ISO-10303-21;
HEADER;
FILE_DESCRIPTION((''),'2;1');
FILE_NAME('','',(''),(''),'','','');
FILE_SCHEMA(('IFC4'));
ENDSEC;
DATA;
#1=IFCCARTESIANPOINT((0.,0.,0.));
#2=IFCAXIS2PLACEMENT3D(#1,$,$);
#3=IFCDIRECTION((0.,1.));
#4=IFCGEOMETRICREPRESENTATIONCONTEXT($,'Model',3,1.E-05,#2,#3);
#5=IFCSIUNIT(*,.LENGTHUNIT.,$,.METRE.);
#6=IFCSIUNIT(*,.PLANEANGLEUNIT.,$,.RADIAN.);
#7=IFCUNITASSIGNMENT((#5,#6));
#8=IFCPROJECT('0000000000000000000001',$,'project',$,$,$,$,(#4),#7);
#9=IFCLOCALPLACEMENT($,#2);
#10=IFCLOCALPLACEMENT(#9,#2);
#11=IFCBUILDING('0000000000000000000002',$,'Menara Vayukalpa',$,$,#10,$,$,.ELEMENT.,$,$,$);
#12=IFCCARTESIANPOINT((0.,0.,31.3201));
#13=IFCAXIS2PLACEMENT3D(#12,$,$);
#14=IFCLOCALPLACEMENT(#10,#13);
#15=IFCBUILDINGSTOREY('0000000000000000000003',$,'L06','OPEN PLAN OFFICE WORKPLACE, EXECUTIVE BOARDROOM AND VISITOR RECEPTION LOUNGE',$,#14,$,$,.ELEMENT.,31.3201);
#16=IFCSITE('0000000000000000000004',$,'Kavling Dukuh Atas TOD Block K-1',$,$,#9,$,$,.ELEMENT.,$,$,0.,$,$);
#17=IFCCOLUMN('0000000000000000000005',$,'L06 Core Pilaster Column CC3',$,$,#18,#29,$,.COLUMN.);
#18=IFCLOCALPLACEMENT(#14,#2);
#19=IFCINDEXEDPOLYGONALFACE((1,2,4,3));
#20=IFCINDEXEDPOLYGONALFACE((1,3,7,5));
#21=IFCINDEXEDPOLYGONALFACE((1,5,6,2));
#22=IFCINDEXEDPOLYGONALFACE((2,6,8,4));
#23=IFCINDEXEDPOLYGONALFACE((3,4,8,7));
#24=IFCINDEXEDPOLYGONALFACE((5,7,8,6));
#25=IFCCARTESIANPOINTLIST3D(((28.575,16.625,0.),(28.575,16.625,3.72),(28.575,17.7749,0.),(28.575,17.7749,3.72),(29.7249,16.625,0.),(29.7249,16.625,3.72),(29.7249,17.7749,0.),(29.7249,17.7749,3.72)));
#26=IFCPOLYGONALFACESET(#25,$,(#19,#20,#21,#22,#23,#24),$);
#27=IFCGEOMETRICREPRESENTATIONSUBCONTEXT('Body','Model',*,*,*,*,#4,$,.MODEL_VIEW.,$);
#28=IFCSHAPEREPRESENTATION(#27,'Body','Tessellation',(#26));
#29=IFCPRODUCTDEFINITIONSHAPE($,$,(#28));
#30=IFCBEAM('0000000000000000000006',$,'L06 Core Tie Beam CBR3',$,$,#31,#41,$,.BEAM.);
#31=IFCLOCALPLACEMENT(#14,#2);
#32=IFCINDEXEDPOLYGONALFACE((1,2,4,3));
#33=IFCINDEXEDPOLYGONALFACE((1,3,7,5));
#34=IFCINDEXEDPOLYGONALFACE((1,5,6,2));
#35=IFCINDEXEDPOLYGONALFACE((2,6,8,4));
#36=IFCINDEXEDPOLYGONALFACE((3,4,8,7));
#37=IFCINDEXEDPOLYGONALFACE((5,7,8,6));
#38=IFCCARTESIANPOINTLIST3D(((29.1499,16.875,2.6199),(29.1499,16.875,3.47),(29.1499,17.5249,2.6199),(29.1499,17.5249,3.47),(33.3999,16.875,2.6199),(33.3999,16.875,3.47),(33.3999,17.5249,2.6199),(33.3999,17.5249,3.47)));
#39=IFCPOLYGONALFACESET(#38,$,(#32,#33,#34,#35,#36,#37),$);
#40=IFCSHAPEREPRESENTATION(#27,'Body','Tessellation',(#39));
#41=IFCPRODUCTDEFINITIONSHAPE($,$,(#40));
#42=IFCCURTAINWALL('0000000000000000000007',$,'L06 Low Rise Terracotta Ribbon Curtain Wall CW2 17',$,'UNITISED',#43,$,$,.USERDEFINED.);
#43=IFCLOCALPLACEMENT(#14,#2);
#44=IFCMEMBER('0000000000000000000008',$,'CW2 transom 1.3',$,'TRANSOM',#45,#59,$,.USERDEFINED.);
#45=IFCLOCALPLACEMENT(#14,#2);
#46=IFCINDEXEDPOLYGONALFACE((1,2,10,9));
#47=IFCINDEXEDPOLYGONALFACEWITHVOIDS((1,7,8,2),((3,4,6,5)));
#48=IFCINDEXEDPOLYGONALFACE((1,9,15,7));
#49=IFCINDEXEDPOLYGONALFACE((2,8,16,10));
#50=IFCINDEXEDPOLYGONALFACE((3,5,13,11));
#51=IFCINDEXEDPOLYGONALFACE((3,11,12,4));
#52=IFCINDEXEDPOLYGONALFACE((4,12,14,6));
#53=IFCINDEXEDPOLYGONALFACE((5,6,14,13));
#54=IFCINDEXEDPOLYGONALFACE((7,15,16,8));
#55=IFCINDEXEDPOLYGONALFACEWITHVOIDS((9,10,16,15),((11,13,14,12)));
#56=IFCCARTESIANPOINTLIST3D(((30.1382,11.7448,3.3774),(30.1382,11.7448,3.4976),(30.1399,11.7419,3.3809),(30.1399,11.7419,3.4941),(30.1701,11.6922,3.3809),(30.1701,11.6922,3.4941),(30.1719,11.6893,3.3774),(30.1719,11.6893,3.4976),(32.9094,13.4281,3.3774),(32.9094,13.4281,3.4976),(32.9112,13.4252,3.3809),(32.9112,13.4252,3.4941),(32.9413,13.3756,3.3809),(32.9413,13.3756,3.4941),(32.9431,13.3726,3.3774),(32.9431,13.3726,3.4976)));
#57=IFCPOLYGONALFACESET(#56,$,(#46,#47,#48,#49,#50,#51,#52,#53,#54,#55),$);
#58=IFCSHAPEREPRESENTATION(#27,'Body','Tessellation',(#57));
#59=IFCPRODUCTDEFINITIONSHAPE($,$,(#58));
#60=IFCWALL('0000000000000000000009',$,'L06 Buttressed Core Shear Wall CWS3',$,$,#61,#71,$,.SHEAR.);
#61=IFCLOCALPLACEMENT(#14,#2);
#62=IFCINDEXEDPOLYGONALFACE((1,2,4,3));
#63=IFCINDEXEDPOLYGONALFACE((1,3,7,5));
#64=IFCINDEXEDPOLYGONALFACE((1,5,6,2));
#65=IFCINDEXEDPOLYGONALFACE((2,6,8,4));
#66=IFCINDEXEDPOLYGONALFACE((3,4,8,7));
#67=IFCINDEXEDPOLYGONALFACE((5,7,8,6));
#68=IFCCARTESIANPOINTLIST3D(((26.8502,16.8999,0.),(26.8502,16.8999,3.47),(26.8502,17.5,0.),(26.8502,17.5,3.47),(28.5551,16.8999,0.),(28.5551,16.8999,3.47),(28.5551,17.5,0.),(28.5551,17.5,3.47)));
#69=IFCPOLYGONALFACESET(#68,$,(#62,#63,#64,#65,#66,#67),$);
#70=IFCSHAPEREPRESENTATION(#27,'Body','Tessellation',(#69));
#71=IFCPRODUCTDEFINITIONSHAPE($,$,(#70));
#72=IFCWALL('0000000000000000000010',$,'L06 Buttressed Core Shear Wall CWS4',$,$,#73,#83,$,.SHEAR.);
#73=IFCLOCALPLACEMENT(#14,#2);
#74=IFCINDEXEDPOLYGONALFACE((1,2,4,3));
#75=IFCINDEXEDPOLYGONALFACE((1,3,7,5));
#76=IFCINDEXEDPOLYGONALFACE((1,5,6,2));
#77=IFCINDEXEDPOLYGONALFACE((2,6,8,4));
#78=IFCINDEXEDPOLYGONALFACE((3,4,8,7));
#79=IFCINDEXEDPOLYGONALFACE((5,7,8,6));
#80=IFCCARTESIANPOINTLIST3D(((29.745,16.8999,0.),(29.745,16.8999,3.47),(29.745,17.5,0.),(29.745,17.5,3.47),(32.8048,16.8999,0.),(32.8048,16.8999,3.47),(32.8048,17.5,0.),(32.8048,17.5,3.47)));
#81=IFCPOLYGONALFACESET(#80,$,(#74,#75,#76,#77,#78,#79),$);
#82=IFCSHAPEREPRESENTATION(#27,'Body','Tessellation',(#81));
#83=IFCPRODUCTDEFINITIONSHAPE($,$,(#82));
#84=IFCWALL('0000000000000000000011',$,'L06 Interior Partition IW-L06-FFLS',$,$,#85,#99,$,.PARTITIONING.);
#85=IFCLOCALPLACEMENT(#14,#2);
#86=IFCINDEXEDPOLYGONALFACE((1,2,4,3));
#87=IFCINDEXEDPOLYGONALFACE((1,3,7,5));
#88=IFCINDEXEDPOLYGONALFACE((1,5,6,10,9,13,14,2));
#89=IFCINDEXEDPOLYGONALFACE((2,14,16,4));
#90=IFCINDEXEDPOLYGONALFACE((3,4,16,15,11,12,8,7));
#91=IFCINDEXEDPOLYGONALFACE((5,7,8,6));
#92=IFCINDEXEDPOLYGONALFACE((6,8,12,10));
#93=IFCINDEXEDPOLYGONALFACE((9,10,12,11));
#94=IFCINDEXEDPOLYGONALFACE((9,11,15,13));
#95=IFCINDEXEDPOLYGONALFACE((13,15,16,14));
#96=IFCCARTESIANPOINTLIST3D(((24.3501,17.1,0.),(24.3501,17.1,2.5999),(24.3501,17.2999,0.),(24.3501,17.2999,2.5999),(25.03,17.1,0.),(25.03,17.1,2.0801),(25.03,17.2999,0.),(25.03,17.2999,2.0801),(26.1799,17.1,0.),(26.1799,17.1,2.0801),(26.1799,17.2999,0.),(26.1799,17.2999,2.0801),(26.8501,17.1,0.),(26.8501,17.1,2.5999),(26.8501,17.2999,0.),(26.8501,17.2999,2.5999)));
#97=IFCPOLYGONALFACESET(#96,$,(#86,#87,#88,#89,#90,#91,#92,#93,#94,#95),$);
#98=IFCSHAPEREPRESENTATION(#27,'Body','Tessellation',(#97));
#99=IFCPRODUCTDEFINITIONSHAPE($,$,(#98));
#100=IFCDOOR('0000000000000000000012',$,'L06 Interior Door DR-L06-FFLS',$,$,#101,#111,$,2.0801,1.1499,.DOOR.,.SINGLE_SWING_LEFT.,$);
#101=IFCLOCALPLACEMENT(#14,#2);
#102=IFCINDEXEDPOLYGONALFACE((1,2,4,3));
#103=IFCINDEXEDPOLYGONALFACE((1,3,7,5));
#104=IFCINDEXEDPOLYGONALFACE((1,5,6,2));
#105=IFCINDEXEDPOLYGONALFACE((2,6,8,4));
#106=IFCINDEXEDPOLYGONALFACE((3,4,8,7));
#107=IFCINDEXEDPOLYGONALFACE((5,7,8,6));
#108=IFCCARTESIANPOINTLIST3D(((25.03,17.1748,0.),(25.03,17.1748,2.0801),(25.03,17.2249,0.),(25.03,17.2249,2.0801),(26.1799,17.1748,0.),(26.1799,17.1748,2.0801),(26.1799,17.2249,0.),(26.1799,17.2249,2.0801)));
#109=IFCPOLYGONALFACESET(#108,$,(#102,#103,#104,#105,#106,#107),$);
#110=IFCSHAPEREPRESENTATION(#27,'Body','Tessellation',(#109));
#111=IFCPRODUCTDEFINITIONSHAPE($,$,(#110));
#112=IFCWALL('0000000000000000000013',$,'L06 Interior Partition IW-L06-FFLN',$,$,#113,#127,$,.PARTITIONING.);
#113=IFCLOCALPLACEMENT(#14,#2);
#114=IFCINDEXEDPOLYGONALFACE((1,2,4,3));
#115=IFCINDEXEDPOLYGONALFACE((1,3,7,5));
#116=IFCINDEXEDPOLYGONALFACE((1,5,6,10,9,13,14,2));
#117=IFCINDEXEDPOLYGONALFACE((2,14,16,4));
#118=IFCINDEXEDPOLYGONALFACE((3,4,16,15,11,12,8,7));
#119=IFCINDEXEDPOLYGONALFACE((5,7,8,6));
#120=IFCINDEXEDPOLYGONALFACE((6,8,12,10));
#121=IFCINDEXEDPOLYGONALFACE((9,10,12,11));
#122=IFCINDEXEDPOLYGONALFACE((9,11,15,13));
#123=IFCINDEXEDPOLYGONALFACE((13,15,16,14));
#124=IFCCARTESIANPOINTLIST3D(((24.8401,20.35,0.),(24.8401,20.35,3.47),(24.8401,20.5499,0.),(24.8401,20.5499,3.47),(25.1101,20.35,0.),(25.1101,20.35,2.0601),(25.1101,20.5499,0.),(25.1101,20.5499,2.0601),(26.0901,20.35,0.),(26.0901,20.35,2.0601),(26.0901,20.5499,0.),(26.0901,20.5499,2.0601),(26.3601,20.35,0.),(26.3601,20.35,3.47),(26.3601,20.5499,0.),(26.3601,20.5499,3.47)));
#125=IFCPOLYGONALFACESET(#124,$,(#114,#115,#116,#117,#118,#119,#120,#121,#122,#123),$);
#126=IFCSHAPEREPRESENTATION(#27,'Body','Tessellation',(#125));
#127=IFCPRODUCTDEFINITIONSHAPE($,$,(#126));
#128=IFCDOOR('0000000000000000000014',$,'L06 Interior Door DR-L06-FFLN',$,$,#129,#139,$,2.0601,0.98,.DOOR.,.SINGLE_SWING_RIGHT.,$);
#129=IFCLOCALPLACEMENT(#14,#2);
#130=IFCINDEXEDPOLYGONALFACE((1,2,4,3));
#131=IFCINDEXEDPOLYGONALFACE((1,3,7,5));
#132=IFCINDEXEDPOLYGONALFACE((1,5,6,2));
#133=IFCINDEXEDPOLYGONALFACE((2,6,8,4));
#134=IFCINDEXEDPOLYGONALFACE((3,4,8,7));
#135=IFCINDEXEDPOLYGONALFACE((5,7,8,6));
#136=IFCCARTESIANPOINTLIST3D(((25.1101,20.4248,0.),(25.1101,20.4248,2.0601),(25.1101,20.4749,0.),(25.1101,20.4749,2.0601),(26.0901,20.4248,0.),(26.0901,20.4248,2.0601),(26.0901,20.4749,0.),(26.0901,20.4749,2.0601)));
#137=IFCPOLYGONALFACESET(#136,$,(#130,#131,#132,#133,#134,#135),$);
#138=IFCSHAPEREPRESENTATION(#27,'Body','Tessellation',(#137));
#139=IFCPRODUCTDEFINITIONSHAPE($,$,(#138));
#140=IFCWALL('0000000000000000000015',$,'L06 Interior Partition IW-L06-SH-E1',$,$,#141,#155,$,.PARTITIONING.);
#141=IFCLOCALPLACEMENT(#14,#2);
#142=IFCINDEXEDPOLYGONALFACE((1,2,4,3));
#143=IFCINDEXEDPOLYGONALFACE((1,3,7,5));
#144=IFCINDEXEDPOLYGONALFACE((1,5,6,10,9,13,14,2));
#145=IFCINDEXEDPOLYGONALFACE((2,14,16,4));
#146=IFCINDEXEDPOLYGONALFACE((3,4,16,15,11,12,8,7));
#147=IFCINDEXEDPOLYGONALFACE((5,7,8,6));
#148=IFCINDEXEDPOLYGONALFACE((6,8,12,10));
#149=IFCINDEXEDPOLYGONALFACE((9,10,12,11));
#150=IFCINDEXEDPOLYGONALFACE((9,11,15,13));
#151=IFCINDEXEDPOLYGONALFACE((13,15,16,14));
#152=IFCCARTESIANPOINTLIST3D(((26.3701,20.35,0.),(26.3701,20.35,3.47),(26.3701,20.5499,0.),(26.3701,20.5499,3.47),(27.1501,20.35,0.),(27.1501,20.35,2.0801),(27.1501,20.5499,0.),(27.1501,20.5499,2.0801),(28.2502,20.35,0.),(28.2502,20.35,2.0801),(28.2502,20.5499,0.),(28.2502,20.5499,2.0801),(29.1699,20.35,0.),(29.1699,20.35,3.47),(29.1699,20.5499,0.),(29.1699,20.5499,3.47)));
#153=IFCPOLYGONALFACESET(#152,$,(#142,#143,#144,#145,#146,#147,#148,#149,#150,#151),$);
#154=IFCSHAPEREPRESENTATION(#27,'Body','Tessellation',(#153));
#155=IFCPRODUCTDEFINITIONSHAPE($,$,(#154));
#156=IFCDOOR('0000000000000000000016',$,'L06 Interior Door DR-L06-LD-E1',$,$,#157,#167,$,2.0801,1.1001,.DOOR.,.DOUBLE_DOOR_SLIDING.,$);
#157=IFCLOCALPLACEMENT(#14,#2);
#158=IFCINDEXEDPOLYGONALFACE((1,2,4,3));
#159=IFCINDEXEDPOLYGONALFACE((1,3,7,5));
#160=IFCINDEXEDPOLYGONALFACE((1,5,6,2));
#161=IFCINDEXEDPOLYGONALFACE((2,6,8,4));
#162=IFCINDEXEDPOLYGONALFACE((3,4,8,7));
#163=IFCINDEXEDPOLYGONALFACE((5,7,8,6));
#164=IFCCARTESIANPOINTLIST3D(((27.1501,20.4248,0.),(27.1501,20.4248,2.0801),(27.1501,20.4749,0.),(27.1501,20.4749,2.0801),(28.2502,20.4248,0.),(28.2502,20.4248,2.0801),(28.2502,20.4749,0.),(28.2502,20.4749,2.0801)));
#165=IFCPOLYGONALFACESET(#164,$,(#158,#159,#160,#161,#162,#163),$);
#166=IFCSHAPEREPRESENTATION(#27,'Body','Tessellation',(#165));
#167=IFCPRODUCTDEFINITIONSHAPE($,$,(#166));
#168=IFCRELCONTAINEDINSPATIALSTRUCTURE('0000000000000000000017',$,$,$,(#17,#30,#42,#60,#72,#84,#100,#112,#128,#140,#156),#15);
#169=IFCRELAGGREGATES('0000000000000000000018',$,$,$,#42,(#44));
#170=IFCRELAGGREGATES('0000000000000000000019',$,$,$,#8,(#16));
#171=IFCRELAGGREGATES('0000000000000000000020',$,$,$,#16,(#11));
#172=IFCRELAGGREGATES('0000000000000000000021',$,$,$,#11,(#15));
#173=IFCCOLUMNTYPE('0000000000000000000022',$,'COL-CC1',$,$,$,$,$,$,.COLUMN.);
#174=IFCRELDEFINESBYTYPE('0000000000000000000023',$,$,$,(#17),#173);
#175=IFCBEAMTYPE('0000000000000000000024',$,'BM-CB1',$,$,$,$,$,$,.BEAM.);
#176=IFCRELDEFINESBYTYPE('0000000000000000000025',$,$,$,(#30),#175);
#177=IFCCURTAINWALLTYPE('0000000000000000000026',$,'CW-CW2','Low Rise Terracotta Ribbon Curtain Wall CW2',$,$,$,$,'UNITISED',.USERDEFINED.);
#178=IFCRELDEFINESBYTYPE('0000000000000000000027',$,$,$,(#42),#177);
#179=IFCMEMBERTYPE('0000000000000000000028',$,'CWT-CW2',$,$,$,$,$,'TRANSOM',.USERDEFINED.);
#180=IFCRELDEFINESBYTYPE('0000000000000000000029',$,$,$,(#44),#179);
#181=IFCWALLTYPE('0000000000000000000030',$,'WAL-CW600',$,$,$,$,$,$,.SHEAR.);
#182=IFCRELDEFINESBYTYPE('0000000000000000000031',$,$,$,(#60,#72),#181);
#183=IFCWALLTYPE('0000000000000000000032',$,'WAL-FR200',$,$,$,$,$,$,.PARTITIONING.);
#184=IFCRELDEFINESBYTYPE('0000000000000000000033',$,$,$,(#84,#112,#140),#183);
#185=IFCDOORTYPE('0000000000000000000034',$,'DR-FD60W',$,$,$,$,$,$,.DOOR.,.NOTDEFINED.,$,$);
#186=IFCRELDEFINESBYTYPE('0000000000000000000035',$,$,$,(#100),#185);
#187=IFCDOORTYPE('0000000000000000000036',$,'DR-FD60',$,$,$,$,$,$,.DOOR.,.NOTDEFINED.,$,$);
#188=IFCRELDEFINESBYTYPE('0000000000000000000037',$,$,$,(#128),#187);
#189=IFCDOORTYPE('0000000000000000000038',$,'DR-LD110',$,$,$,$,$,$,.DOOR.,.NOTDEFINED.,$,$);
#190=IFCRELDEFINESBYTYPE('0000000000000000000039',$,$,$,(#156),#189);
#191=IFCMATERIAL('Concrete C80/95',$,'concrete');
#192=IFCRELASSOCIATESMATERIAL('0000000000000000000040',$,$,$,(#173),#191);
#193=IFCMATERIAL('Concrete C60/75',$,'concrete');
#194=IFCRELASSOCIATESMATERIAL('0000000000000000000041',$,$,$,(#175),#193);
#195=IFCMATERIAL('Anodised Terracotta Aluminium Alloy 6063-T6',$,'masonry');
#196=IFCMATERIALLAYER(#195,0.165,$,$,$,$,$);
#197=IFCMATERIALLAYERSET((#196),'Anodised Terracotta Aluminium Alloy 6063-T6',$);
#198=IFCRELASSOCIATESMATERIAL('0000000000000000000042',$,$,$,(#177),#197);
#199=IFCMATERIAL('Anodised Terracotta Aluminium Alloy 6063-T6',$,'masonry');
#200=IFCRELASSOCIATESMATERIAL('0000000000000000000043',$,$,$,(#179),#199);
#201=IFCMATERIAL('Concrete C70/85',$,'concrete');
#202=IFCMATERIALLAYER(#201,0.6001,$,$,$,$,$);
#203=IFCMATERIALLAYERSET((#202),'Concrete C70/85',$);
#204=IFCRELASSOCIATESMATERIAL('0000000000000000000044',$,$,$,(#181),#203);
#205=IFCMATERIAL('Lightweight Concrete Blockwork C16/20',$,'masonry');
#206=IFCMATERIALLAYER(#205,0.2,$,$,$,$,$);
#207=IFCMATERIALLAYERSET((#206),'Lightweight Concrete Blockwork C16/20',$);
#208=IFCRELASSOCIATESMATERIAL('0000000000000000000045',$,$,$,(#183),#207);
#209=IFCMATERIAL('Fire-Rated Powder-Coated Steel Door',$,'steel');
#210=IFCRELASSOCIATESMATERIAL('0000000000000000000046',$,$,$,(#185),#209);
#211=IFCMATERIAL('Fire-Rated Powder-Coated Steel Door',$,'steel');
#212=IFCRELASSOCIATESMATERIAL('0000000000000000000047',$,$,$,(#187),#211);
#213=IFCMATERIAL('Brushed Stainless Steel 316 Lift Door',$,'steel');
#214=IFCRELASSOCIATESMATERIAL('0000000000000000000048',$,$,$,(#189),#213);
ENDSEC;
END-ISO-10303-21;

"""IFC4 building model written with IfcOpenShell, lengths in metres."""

from ifc_helpers import new_model, si_unit, direction, frame, frame_2d, origin, origin_2d, place, context, subcontext, project, spatial, rectangle, hollow_rectangle, extrude, material, layer, layer_set, material_profile, profile_set, type_object, element, fill, aggregate, save


model = new_model("IFC4")

# Units and contexts
model_context = context("Model", 3, precision=1e-05, world=origin(), true_north=direction((0.0, 1.0)))
body_context = subcontext(model_context, "Body", "Model", "MODEL_VIEW")
ifc_project = project(units=[si_unit("LENGTHUNIT", "METRE"), si_unit("PLANEANGLEUNIT", "RADIAN")], contexts=[model_context])

# Site, building, storey
site_placement = place(None, origin())
site = spatial("IfcSite", under=ifc_project, at=site_placement, Name="Kavling Dukuh Atas TOD Block K-1", CompositionType="ELEMENT", RefElevation=0.0)
building_placement = place(site_placement, origin())
building = spatial("IfcBuilding", under=site, at=building_placement, Name="Menara Vayukalpa", CompositionType="ELEMENT")
storey_placement = place(building_placement, frame((0.0, 0.0, 31.3201)))
storey = spatial("IfcBuildingStorey", under=building, at=storey_placement, Name="L06", Description="OPEN PLAN OFFICE WORKPLACE, EXECUTIVE BOARDROOM AND VISITOR RECEPTION LOUNGE", CompositionType="ELEMENT", Elevation=31.3201)

# Column
ifc_material_1 = material(Name="Concrete C80/95", Category="concrete")
ifc_material_profile_1 = material_profile(ifc_material_1, rectangle(XDim=1.1499, YDim=1.1499, at=origin_2d()), Name="RC 1150x1150")
ifc_profile_set_1 = profile_set([ifc_material_profile_1], Name="Concrete C80/95")
column_type = type_object("IfcColumnType", Name="COL-CC1", PredefinedType="COLUMN", material=ifc_profile_set_1)
column_placement = place(storey_placement, frame((29.1499, 17.2, 0.0), z_axis=(0.0, 0.0, 1.0), x_axis=(1.0, 0.0, 0.0)))
element("IfcColumn", 1, at=column_placement, inside=storey, type_object=column_type, Name="L06 Core Pilaster Column CC3", PredefinedType="COLUMN", context=body_context, shape_type="SweptSolid", body=[
    extrude(rectangle(XDim=1.1499, YDim=1.1499, at=origin_2d()), origin(), (0.0, 0.0, 1.0), 3.72),
])

# Beam
ifc_material_2 = material(Name="Concrete C60/75", Category="concrete")
ifc_material_profile_2 = material_profile(ifc_material_2, rectangle(XDim=0.6499, YDim=0.8501, at=origin_2d()), Name="RC 650x850")
ifc_profile_set_2 = profile_set([ifc_material_profile_2], Name="Concrete C60/75")
beam_type = type_object("IfcBeamType", Name="BM-CB1", PredefinedType="BEAM", material=ifc_profile_set_2)
beam_placement = place(storey_placement, frame((29.1499, 17.2, 3.0449), z_axis=(1.0, 0.0, 0.0), x_axis=(0.0, 1.0, 0.0)))
element("IfcBeam", 2, at=beam_placement, inside=storey, type_object=beam_type, Name="L06 Core Tie Beam CBR3", PredefinedType="BEAM", context=body_context, shape_type="SweptSolid", body=[
    extrude(rectangle(XDim=0.6499, YDim=0.8501, at=origin_2d()), origin(), (0.0, 0.0, 1.0), 4.25),
])

# Curtain wall, member
ifc_material_3 = material(Name="Anodised Terracotta Aluminium Alloy 6063-T6", Category="masonry")
ifc_layer_1 = layer(ifc_material_3, 0.165)
ifc_layer_set_1 = layer_set([ifc_layer_1], Name="Anodised Terracotta Aluminium Alloy 6063-T6")
curtain_wall_type = type_object("IfcCurtainWallType", Name="CW-CW2", Description="Low Rise Terracotta Ribbon Curtain Wall CW2", ElementType="UNITISED", PredefinedType="USERDEFINED", material=ifc_layer_set_1)
curtain_wall_placement = place(storey_placement, origin())
curtain_wall = element("IfcCurtainWall", 3, at=curtain_wall_placement, inside=storey, type_object=curtain_wall_type, Name="L06 Low Rise Terracotta Ribbon Curtain Wall CW2 17", ObjectType="UNITISED", PredefinedType="USERDEFINED")
ifc_material_4 = material(Name="Anodised Terracotta Aluminium Alloy 6063-T6", Category="masonry")
ifc_material_profile_3 = material_profile(ifc_material_4, hollow_rectangle(XDim=0.0649, YDim=0.1201, WallThickness=0.0034, at=origin_2d()), Name="ALU 65x120x3.5")
ifc_profile_set_3 = profile_set([ifc_material_profile_3], Name="Anodised Terracotta Aluminium Alloy 6063-T6")
member_type = type_object("IfcMemberType", Name="CWT-CW2", ElementType="TRANSOM", PredefinedType="USERDEFINED", material=ifc_profile_set_3)
member_placement = place(storey_placement, frame((30.155, 11.717, 3.4375), z_axis=(0.854677, 0.519161, 0.0), x_axis=(-0.519161, 0.854677, 0.0)))
member = element("IfcMember", 4, at=member_placement, type_object=member_type, Name="CW2 transom 1.3", ObjectType="TRANSOM", PredefinedType="USERDEFINED", context=body_context, shape_type="SweptSolid", body=[
    extrude(hollow_rectangle(XDim=0.0649, YDim=0.1201, WallThickness=0.0034, at=origin_2d()), origin(), (0.0, 0.0, 1.0), 3.2424),
])
aggregate(curtain_wall, [member])

# Walls
ifc_material_5 = material(Name="Concrete C70/85", Category="concrete")
ifc_layer_2 = layer(ifc_material_5, 0.6001)
ifc_layer_set_2 = layer_set([ifc_layer_2], Name="Concrete C70/85")
wall_type_1 = type_object("IfcWallType", Name="WAL-CW600", PredefinedType="SHEAR", material=ifc_layer_set_2)
wall_1_placement = place(storey_placement, frame((26.8501, 17.2, 0.0), z_axis=(0.0, 0.0, 1.0), x_axis=(1.0, 0.0, 0.0)))
element("IfcWall", 5, at=wall_1_placement, inside=storey, type_object=wall_type_1, Name="L06 Buttressed Core Shear Wall CWS3", PredefinedType="SHEAR", context=body_context, shape_type="SweptSolid", body=[
    extrude(rectangle(XDim=1.7048, YDim=0.6001, at=frame_2d((0.8525, 0.0))), origin(), (0.0, 0.0, 1.0), 3.47),
])
wall_2_placement = place(storey_placement, frame((29.7451, 17.2, 0.0), z_axis=(0.0, 0.0, 1.0), x_axis=(1.0, 0.0, 0.0)))
element("IfcWall", 6, at=wall_2_placement, inside=storey, type_object=wall_type_1, Name="L06 Buttressed Core Shear Wall CWS4", PredefinedType="SHEAR", context=body_context, shape_type="SweptSolid", body=[
    extrude(rectangle(XDim=3.0598, YDim=0.6001, at=frame_2d((1.5298, 0.0))), origin(), (0.0, 0.0, 1.0), 3.47),
])

# Walls, openings, doors
ifc_material_6 = material(Name="Lightweight Concrete Blockwork C16/20", Category="masonry")
ifc_layer_3 = layer(ifc_material_6, 0.2)
ifc_layer_set_3 = layer_set([ifc_layer_3], Name="Lightweight Concrete Blockwork C16/20")
wall_type_2 = type_object("IfcWallType", Name="WAL-FR200", PredefinedType="PARTITIONING", material=ifc_layer_set_3)
wall_3_placement = place(storey_placement, frame((24.3501, 17.2, 0.0), z_axis=(0.0, 0.0, 1.0), x_axis=(1.0, 0.0, 0.0)))
wall_3 = element("IfcWall", 7, at=wall_3_placement, inside=storey, type_object=wall_type_2, Name="L06 Interior Partition IW-L06-FFLS", PredefinedType="PARTITIONING", context=body_context, shape_type="SweptSolid", body=[
    extrude(rectangle(XDim=2.5, YDim=0.2, at=frame_2d((1.25, 0.0))), origin(), (0.0, 0.0, 1.0), 2.5999),
])
opening_1_placement = place(wall_3_placement, frame((0.6799, 0.0, 0.0)))
opening_1 = element("IfcOpeningElement", 8, at=opening_1_placement, cuts=wall_3, PredefinedType="OPENING", context=body_context, shape_type="SweptSolid", body=[
    extrude(rectangle(XDim=1.1499, YDim=2.0801, at=frame_2d((0.575, 1.04))), frame((0.0, 0.1099, 0.0), z_axis=(0.0, -1.0, 0.0), x_axis=(1.0, 0.0, 0.0)), (0.0, 0.0, 1.0), 0.22),
])
ifc_material_7 = material(Name="Fire-Rated Powder-Coated Steel Door", Category="steel")
door_type_1 = type_object("IfcDoorType", Name="DR-FD60W", OperationType="NOTDEFINED", PredefinedType="DOOR", material=ifc_material_7)
door_1_placement = place(opening_1_placement, origin())
door_1 = element("IfcDoor", 9, at=door_1_placement, inside=storey, type_object=door_type_1, Name="L06 Interior Door DR-L06-FFLS", OperationType="SINGLE_SWING_LEFT", OverallHeight=2.0801, OverallWidth=1.1499, PredefinedType="DOOR", context=body_context, shape_type="SweptSolid", body=[
    extrude(rectangle(XDim=1.1499, YDim=2.0801, at=frame_2d((0.575, 1.04))), frame((0.0, 0.0249, 0.0), z_axis=(0.0, -1.0, 0.0), x_axis=(1.0, 0.0, 0.0)), (0.0, 0.0, 1.0), 0.05),
])
fill(opening_1, door_1)
wall_4_placement = place(storey_placement, frame((24.8401, 20.45, 0.0), z_axis=(0.0, 0.0, 1.0), x_axis=(1.0, 0.0, 0.0)))
wall_4 = element("IfcWall", 10, at=wall_4_placement, inside=storey, type_object=wall_type_2, Name="L06 Interior Partition IW-L06-FFLN", PredefinedType="PARTITIONING", context=body_context, shape_type="SweptSolid", body=[
    extrude(rectangle(XDim=1.52, YDim=0.2, at=frame_2d((0.76, 0.0))), origin(), (0.0, 0.0, 1.0), 3.47),
])
opening_2_placement = place(wall_4_placement, frame((0.27, 0.0, 0.0)))
opening_2 = element("IfcOpeningElement", 11, at=opening_2_placement, cuts=wall_4, PredefinedType="OPENING", context=body_context, shape_type="SweptSolid", body=[
    extrude(rectangle(XDim=0.98, YDim=2.0601, at=frame_2d((0.49, 1.03))), frame((0.0, 0.1099, 0.0), z_axis=(0.0, -1.0, 0.0), x_axis=(1.0, 0.0, 0.0)), (0.0, 0.0, 1.0), 0.22),
])
ifc_material_8 = material(Name="Fire-Rated Powder-Coated Steel Door", Category="steel")
door_type_2 = type_object("IfcDoorType", Name="DR-FD60", OperationType="NOTDEFINED", PredefinedType="DOOR", material=ifc_material_8)
door_2_placement = place(opening_2_placement, origin())
door_2 = element("IfcDoor", 12, at=door_2_placement, inside=storey, type_object=door_type_2, Name="L06 Interior Door DR-L06-FFLN", OperationType="SINGLE_SWING_RIGHT", OverallHeight=2.0601, OverallWidth=0.98, PredefinedType="DOOR", context=body_context, shape_type="SweptSolid", body=[
    extrude(rectangle(XDim=0.98, YDim=2.0601, at=frame_2d((0.49, 1.03))), frame((0.0, 0.0249, 0.0), z_axis=(0.0, -1.0, 0.0), x_axis=(1.0, 0.0, 0.0)), (0.0, 0.0, 1.0), 0.05),
])
fill(opening_2, door_2)
wall_5_placement = place(storey_placement, frame((26.3701, 20.45, 0.0), z_axis=(0.0, 0.0, 1.0), x_axis=(1.0, 0.0, 0.0)))
wall_5 = element("IfcWall", 13, at=wall_5_placement, inside=storey, type_object=wall_type_2, Name="L06 Interior Partition IW-L06-SH-E1", PredefinedType="PARTITIONING", context=body_context, shape_type="SweptSolid", body=[
    extrude(rectangle(XDim=2.7998, YDim=0.2, at=frame_2d((1.3999, 0.0))), origin(), (0.0, 0.0, 1.0), 3.47),
])
opening_3_placement = place(wall_5_placement, frame((0.78, 0.0, 0.0)))
opening_3 = element("IfcOpeningElement", 14, at=opening_3_placement, cuts=wall_5, PredefinedType="OPENING", context=body_context, shape_type="SweptSolid", body=[
    extrude(rectangle(XDim=1.1001, YDim=2.0801, at=frame_2d((0.55, 1.04))), frame((0.0, 0.1099, 0.0), z_axis=(0.0, -1.0, 0.0), x_axis=(1.0, 0.0, 0.0)), (0.0, 0.0, 1.0), 0.22),
])
ifc_material_9 = material(Name="Brushed Stainless Steel 316 Lift Door", Category="steel")
door_type_3 = type_object("IfcDoorType", Name="DR-LD110", OperationType="NOTDEFINED", PredefinedType="DOOR", material=ifc_material_9)
door_3_placement = place(opening_3_placement, origin())
door_3 = element("IfcDoor", 15, at=door_3_placement, inside=storey, type_object=door_type_3, Name="L06 Interior Door DR-L06-LD-E1", OperationType="DOUBLE_DOOR_SLIDING", OverallHeight=2.0801, OverallWidth=1.1001, PredefinedType="DOOR", context=body_context, shape_type="SweptSolid", body=[
    extrude(rectangle(XDim=1.1001, YDim=2.0801, at=frame_2d((0.55, 1.04))), frame((0.0, 0.0249, 0.0), z_axis=(0.0, -1.0, 0.0), x_axis=(1.0, 0.0, 0.0)), (0.0, 0.0, 1.0), 0.05),
])
fill(opening_3, door_3)

save(model, "model.ifc")
